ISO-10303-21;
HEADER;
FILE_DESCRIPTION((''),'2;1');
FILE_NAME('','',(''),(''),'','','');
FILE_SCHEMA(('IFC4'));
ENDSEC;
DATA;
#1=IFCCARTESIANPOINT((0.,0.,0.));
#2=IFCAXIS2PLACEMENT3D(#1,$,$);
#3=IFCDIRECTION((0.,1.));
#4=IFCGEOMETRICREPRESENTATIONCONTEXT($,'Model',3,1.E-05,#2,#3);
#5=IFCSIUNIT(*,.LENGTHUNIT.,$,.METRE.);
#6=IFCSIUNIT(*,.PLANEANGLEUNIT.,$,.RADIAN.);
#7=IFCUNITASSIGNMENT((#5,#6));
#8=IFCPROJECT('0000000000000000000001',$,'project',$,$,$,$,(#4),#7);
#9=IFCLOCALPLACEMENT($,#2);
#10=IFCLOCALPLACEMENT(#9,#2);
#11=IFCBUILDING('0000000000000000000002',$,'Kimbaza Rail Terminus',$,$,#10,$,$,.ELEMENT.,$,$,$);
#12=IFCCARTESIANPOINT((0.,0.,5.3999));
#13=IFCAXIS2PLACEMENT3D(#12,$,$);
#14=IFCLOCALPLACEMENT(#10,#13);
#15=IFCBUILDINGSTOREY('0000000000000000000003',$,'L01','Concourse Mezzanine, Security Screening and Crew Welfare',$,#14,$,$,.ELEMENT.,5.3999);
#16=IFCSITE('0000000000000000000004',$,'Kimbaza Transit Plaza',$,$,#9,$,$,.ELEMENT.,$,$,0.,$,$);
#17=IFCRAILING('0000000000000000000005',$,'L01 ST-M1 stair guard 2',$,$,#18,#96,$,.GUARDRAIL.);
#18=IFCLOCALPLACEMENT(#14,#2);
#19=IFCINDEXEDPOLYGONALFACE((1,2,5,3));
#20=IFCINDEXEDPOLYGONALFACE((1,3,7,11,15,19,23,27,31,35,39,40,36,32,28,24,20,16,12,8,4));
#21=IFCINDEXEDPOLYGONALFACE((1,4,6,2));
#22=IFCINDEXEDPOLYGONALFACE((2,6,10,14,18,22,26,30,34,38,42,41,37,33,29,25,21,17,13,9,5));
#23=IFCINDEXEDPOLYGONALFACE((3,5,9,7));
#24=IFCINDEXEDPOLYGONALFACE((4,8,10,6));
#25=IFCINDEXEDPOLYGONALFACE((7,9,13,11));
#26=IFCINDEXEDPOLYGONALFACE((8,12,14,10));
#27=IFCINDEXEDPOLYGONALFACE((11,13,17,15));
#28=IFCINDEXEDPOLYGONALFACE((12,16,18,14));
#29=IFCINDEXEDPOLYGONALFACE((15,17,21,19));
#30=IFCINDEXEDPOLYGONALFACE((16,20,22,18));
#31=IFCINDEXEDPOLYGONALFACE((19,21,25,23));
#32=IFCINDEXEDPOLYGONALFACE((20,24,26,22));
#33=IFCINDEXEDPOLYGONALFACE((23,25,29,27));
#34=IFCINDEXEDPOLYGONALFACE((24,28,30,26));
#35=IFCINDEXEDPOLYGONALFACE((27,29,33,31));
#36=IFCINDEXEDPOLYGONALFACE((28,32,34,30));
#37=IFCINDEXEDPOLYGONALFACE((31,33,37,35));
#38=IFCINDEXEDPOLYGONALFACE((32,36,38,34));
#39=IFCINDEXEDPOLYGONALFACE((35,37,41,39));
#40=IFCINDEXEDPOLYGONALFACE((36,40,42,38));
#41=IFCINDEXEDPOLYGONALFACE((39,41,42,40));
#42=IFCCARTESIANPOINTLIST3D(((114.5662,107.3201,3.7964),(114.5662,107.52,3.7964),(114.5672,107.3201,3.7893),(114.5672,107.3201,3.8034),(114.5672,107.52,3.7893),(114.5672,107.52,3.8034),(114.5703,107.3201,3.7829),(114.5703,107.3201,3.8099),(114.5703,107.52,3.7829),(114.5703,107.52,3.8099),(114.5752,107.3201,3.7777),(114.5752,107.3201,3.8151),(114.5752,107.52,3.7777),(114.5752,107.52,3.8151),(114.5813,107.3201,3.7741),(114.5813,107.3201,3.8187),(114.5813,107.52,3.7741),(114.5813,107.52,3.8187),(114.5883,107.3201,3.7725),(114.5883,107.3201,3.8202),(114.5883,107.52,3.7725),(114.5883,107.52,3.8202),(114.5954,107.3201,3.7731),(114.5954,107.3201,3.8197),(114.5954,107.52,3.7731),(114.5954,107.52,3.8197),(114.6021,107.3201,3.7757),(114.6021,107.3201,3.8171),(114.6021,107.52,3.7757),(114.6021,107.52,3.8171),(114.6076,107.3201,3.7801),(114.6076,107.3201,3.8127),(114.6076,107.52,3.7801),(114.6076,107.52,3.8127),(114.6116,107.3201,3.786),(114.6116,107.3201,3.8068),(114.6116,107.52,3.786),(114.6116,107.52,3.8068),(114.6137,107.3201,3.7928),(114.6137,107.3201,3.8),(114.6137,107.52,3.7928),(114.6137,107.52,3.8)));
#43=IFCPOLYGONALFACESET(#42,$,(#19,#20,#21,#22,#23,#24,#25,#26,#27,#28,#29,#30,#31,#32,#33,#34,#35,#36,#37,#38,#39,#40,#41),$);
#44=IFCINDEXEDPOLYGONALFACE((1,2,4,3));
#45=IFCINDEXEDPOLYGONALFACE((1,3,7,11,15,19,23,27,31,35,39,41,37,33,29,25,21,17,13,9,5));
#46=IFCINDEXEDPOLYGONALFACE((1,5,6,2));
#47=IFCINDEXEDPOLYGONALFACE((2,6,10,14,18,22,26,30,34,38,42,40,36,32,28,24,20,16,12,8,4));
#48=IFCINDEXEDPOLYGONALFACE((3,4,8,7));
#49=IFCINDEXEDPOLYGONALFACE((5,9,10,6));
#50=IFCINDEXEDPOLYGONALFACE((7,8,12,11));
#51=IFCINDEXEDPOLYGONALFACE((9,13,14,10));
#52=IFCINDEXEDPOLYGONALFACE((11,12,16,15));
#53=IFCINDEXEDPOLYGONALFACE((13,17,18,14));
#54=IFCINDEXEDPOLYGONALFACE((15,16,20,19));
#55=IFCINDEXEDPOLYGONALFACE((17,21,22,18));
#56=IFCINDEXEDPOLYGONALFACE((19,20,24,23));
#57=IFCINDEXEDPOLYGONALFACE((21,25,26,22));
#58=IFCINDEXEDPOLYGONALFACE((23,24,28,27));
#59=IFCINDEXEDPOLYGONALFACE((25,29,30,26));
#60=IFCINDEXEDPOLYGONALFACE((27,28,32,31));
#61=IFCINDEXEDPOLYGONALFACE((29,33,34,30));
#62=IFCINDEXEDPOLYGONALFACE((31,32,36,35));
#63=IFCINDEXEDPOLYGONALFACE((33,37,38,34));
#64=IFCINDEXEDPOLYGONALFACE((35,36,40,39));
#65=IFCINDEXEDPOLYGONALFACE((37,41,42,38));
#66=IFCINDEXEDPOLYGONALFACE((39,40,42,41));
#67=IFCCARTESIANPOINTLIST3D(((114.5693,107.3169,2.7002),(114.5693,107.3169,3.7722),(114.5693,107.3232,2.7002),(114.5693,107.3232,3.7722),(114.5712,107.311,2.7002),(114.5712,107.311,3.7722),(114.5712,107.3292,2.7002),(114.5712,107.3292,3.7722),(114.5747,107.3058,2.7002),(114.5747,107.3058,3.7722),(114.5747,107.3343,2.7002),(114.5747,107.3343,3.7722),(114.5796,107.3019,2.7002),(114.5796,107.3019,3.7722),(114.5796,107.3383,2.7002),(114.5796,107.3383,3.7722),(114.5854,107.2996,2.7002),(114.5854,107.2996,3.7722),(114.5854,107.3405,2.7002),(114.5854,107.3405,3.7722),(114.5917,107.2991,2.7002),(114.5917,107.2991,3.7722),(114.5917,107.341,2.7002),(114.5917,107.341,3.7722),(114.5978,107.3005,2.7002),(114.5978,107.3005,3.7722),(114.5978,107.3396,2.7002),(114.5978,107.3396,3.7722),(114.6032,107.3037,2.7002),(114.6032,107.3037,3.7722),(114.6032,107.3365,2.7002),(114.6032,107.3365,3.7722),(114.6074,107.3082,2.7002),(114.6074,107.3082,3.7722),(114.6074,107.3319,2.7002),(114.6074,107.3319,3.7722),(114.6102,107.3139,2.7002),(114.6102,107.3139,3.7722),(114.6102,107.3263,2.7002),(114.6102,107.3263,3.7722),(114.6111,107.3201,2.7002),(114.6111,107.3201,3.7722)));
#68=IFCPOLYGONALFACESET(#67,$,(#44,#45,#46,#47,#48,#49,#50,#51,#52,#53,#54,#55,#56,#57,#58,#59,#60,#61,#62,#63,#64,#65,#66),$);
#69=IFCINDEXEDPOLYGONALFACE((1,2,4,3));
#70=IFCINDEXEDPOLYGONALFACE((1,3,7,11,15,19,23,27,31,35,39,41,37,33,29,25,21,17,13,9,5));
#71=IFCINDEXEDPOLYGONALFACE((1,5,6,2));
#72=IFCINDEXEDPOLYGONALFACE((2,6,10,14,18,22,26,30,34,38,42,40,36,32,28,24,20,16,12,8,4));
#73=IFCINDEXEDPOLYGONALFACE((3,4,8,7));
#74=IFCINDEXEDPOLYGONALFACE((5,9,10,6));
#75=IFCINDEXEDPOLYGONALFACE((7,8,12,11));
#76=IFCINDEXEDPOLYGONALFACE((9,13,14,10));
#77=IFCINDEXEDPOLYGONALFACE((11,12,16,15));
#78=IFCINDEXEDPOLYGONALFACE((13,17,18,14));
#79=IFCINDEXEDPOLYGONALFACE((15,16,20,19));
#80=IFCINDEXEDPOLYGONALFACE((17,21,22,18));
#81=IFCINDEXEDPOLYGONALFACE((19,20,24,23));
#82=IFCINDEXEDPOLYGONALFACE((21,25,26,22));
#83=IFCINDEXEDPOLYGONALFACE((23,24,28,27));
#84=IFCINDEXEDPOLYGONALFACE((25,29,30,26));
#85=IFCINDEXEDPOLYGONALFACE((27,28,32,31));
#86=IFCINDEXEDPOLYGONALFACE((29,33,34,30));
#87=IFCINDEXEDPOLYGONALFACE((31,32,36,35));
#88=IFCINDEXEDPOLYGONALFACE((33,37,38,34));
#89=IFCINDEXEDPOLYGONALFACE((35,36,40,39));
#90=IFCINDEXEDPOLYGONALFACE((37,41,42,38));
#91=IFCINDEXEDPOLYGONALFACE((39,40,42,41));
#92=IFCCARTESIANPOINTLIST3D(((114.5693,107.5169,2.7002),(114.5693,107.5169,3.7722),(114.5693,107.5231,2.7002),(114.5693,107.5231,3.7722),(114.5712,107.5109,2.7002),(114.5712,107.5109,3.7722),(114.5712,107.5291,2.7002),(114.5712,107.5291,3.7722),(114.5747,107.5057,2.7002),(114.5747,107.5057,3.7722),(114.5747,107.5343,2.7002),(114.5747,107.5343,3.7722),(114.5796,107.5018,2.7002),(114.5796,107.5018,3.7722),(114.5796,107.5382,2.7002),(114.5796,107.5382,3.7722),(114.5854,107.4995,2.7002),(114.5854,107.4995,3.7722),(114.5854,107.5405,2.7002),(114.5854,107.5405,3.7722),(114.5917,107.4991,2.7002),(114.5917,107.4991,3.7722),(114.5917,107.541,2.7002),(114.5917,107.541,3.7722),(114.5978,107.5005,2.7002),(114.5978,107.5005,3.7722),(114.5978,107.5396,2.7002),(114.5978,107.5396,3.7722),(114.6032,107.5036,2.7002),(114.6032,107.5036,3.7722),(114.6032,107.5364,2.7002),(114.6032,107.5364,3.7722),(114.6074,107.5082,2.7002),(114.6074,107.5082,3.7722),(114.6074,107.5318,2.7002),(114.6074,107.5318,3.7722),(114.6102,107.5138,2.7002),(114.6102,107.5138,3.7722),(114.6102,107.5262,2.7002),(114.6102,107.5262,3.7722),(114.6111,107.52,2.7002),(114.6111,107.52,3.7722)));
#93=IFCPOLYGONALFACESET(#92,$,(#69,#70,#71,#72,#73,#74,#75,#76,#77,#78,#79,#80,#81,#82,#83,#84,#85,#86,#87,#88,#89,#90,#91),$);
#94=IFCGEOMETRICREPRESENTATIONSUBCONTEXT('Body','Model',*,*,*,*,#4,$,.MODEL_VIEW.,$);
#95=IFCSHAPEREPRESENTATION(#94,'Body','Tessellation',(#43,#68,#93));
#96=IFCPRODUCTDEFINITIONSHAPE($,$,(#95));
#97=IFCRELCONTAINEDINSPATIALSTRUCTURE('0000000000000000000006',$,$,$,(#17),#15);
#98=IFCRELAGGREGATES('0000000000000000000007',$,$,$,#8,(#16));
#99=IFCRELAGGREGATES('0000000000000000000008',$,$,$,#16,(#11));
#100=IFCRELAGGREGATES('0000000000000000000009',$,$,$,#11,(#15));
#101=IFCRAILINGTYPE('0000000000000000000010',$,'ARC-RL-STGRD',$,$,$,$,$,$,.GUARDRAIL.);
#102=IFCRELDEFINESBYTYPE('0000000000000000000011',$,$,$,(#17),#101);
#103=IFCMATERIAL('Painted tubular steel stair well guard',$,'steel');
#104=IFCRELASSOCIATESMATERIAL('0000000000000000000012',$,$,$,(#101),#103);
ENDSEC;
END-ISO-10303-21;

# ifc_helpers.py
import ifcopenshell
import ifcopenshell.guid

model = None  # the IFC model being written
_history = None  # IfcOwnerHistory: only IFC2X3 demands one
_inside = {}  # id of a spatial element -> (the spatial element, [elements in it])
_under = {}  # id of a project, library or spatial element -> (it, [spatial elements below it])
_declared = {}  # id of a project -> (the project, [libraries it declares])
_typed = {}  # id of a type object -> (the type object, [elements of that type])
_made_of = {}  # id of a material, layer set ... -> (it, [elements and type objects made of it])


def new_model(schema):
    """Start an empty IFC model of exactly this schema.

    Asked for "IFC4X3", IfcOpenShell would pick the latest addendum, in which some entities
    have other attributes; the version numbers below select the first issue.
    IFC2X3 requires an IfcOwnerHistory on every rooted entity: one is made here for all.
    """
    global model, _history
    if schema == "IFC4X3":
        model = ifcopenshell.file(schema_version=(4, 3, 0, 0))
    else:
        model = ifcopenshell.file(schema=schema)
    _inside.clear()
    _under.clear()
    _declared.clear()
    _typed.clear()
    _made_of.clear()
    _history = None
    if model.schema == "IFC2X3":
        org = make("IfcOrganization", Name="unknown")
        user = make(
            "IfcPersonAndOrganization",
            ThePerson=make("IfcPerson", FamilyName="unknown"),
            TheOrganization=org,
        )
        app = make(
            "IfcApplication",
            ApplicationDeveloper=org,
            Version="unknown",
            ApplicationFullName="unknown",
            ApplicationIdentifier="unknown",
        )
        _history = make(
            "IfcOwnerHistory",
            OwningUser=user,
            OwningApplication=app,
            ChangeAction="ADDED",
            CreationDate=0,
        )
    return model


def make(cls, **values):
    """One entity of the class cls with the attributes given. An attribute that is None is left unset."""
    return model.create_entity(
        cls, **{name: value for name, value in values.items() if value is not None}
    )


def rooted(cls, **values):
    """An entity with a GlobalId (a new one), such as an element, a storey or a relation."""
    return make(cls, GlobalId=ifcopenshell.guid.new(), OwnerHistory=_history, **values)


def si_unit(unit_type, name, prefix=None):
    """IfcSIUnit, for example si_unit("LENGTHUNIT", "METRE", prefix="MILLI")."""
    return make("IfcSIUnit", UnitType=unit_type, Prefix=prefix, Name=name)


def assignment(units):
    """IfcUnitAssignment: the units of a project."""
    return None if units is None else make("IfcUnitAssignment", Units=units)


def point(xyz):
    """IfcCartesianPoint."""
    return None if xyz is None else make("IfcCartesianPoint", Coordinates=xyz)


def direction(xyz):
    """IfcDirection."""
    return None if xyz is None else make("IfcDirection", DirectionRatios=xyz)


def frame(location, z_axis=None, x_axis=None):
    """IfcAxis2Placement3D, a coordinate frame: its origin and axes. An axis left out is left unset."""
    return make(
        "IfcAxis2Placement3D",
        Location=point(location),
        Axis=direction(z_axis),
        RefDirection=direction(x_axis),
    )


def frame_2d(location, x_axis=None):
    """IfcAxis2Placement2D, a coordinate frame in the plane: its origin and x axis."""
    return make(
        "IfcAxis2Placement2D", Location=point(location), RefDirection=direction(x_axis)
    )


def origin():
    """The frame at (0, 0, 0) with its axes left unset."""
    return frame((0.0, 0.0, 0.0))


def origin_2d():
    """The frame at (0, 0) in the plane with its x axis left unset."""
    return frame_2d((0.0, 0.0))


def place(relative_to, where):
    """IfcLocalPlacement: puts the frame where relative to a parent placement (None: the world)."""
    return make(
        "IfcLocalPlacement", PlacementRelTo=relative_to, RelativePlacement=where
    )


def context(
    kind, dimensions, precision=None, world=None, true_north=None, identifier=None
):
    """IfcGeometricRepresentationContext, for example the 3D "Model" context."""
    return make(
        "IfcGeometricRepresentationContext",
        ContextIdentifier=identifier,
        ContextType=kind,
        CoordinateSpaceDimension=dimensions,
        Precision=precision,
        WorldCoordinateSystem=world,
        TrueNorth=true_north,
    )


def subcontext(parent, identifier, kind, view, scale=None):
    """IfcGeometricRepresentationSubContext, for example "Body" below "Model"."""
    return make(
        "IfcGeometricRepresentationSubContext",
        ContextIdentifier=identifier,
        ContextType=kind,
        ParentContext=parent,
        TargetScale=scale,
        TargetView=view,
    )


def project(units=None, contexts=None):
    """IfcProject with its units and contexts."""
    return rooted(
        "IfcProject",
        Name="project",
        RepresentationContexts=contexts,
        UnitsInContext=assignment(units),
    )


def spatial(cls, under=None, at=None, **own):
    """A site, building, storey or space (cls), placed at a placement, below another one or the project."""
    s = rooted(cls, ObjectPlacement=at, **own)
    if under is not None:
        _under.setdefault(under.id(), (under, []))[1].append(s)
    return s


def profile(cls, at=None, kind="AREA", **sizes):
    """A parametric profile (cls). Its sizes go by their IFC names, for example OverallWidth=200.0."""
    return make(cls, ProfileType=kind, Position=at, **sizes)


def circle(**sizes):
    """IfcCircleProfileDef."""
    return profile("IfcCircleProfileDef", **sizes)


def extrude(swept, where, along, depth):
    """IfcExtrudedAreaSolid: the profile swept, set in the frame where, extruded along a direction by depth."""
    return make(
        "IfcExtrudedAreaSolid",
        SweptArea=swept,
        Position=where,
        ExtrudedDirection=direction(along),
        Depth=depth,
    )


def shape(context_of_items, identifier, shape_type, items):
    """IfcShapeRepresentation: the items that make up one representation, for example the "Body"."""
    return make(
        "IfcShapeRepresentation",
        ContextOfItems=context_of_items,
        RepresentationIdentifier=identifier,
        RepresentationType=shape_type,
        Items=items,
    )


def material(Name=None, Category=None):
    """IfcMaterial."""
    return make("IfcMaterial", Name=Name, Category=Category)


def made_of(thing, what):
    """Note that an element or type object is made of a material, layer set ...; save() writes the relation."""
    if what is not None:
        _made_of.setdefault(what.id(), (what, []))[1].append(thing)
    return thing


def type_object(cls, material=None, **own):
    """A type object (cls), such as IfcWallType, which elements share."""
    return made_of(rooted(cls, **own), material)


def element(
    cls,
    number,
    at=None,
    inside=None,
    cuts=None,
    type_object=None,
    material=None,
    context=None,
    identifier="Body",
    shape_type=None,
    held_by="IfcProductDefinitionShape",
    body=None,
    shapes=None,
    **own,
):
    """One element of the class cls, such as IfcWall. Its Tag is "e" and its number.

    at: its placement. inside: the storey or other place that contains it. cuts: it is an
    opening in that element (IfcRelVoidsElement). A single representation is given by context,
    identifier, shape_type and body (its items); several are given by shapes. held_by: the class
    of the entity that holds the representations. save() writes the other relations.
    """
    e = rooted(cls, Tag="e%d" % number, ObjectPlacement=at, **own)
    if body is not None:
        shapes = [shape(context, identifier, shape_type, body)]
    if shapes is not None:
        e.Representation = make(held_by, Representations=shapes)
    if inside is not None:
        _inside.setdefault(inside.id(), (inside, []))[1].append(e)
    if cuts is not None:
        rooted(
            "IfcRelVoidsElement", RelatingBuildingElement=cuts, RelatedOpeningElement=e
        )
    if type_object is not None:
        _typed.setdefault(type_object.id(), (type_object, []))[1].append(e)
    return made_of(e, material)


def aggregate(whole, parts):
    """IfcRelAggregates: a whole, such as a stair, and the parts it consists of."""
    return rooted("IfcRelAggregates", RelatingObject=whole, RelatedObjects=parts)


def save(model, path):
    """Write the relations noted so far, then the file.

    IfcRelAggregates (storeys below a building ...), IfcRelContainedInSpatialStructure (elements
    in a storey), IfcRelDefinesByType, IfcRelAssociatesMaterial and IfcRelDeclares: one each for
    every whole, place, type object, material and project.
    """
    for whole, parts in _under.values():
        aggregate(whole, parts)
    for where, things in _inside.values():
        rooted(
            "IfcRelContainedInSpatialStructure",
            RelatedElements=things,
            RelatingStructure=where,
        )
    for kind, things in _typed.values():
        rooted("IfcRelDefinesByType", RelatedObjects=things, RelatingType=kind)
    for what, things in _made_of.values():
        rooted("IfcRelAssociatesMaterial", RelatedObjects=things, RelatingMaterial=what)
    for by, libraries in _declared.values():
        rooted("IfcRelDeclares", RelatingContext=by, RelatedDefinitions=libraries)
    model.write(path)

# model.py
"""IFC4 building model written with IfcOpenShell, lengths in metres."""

from ifc_helpers import new_model, si_unit, direction, frame, origin, origin_2d, place, context, subcontext, project, spatial, circle, extrude, material, type_object, element, save


model = new_model("IFC4")

# Units and contexts
model_context = context("Model", 3, precision=1e-05, world=origin(), true_north=direction((0.0, 1.0)))
body_context = subcontext(model_context, "Body", "Model", "MODEL_VIEW")
ifc_project = project(units=[si_unit("LENGTHUNIT", "METRE"), si_unit("PLANEANGLEUNIT", "RADIAN")], contexts=[model_context])

# Site, building, storey
site_placement = place(None, origin())
site = spatial("IfcSite", under=ifc_project, at=site_placement, Name="Kimbaza Transit Plaza", CompositionType="ELEMENT", RefElevation=0.0)
building_placement = place(site_placement, origin())
building = spatial("IfcBuilding", under=site, at=building_placement, Name="Kimbaza Rail Terminus", CompositionType="ELEMENT")
storey_placement = place(building_placement, frame((0.0, 0.0, 5.3999)))
storey = spatial("IfcBuildingStorey", under=building, at=storey_placement, Name="L01", Description="Concourse Mezzanine, Security Screening and Crew Welfare", CompositionType="ELEMENT", Elevation=5.3999)

# Railing
ifc_material_1 = material(Name="Painted tubular steel stair well guard", Category="steel")
railing_type_1 = type_object("IfcRailingType", Name="ARC-RL-STGRD", PredefinedType="GUARDRAIL", material=ifc_material_1)
railing_1_placement = place(storey_placement, frame((114.5901, 107.3201, 2.7002)))
element("IfcRailing", 1, at=railing_1_placement, inside=storey, type_object=railing_type_1, Name="L01 ST-M1 stair guard 2", PredefinedType="GUARDRAIL", context=body_context, shape_type="SweptSolid", body=[
    extrude(circle(Radius=0.0239, at=origin_2d()), frame((0.0, 0.0, 1.0962), z_axis=(0.0, 1.0, 0.0), x_axis=(-1.0, 0.0, 0.0)), (0.0, 0.0, 1.0), 0.2),
    extrude(circle(Radius=0.021, at=origin_2d()), origin(), (0.0, 0.0, 1.0), 1.072),
    extrude(circle(Radius=0.021, at=origin_2d()), frame((0.0, 0.2, 0.0)), (0.0, 0.0, 1.0), 1.072),
])

save(model, "model.ifc")
